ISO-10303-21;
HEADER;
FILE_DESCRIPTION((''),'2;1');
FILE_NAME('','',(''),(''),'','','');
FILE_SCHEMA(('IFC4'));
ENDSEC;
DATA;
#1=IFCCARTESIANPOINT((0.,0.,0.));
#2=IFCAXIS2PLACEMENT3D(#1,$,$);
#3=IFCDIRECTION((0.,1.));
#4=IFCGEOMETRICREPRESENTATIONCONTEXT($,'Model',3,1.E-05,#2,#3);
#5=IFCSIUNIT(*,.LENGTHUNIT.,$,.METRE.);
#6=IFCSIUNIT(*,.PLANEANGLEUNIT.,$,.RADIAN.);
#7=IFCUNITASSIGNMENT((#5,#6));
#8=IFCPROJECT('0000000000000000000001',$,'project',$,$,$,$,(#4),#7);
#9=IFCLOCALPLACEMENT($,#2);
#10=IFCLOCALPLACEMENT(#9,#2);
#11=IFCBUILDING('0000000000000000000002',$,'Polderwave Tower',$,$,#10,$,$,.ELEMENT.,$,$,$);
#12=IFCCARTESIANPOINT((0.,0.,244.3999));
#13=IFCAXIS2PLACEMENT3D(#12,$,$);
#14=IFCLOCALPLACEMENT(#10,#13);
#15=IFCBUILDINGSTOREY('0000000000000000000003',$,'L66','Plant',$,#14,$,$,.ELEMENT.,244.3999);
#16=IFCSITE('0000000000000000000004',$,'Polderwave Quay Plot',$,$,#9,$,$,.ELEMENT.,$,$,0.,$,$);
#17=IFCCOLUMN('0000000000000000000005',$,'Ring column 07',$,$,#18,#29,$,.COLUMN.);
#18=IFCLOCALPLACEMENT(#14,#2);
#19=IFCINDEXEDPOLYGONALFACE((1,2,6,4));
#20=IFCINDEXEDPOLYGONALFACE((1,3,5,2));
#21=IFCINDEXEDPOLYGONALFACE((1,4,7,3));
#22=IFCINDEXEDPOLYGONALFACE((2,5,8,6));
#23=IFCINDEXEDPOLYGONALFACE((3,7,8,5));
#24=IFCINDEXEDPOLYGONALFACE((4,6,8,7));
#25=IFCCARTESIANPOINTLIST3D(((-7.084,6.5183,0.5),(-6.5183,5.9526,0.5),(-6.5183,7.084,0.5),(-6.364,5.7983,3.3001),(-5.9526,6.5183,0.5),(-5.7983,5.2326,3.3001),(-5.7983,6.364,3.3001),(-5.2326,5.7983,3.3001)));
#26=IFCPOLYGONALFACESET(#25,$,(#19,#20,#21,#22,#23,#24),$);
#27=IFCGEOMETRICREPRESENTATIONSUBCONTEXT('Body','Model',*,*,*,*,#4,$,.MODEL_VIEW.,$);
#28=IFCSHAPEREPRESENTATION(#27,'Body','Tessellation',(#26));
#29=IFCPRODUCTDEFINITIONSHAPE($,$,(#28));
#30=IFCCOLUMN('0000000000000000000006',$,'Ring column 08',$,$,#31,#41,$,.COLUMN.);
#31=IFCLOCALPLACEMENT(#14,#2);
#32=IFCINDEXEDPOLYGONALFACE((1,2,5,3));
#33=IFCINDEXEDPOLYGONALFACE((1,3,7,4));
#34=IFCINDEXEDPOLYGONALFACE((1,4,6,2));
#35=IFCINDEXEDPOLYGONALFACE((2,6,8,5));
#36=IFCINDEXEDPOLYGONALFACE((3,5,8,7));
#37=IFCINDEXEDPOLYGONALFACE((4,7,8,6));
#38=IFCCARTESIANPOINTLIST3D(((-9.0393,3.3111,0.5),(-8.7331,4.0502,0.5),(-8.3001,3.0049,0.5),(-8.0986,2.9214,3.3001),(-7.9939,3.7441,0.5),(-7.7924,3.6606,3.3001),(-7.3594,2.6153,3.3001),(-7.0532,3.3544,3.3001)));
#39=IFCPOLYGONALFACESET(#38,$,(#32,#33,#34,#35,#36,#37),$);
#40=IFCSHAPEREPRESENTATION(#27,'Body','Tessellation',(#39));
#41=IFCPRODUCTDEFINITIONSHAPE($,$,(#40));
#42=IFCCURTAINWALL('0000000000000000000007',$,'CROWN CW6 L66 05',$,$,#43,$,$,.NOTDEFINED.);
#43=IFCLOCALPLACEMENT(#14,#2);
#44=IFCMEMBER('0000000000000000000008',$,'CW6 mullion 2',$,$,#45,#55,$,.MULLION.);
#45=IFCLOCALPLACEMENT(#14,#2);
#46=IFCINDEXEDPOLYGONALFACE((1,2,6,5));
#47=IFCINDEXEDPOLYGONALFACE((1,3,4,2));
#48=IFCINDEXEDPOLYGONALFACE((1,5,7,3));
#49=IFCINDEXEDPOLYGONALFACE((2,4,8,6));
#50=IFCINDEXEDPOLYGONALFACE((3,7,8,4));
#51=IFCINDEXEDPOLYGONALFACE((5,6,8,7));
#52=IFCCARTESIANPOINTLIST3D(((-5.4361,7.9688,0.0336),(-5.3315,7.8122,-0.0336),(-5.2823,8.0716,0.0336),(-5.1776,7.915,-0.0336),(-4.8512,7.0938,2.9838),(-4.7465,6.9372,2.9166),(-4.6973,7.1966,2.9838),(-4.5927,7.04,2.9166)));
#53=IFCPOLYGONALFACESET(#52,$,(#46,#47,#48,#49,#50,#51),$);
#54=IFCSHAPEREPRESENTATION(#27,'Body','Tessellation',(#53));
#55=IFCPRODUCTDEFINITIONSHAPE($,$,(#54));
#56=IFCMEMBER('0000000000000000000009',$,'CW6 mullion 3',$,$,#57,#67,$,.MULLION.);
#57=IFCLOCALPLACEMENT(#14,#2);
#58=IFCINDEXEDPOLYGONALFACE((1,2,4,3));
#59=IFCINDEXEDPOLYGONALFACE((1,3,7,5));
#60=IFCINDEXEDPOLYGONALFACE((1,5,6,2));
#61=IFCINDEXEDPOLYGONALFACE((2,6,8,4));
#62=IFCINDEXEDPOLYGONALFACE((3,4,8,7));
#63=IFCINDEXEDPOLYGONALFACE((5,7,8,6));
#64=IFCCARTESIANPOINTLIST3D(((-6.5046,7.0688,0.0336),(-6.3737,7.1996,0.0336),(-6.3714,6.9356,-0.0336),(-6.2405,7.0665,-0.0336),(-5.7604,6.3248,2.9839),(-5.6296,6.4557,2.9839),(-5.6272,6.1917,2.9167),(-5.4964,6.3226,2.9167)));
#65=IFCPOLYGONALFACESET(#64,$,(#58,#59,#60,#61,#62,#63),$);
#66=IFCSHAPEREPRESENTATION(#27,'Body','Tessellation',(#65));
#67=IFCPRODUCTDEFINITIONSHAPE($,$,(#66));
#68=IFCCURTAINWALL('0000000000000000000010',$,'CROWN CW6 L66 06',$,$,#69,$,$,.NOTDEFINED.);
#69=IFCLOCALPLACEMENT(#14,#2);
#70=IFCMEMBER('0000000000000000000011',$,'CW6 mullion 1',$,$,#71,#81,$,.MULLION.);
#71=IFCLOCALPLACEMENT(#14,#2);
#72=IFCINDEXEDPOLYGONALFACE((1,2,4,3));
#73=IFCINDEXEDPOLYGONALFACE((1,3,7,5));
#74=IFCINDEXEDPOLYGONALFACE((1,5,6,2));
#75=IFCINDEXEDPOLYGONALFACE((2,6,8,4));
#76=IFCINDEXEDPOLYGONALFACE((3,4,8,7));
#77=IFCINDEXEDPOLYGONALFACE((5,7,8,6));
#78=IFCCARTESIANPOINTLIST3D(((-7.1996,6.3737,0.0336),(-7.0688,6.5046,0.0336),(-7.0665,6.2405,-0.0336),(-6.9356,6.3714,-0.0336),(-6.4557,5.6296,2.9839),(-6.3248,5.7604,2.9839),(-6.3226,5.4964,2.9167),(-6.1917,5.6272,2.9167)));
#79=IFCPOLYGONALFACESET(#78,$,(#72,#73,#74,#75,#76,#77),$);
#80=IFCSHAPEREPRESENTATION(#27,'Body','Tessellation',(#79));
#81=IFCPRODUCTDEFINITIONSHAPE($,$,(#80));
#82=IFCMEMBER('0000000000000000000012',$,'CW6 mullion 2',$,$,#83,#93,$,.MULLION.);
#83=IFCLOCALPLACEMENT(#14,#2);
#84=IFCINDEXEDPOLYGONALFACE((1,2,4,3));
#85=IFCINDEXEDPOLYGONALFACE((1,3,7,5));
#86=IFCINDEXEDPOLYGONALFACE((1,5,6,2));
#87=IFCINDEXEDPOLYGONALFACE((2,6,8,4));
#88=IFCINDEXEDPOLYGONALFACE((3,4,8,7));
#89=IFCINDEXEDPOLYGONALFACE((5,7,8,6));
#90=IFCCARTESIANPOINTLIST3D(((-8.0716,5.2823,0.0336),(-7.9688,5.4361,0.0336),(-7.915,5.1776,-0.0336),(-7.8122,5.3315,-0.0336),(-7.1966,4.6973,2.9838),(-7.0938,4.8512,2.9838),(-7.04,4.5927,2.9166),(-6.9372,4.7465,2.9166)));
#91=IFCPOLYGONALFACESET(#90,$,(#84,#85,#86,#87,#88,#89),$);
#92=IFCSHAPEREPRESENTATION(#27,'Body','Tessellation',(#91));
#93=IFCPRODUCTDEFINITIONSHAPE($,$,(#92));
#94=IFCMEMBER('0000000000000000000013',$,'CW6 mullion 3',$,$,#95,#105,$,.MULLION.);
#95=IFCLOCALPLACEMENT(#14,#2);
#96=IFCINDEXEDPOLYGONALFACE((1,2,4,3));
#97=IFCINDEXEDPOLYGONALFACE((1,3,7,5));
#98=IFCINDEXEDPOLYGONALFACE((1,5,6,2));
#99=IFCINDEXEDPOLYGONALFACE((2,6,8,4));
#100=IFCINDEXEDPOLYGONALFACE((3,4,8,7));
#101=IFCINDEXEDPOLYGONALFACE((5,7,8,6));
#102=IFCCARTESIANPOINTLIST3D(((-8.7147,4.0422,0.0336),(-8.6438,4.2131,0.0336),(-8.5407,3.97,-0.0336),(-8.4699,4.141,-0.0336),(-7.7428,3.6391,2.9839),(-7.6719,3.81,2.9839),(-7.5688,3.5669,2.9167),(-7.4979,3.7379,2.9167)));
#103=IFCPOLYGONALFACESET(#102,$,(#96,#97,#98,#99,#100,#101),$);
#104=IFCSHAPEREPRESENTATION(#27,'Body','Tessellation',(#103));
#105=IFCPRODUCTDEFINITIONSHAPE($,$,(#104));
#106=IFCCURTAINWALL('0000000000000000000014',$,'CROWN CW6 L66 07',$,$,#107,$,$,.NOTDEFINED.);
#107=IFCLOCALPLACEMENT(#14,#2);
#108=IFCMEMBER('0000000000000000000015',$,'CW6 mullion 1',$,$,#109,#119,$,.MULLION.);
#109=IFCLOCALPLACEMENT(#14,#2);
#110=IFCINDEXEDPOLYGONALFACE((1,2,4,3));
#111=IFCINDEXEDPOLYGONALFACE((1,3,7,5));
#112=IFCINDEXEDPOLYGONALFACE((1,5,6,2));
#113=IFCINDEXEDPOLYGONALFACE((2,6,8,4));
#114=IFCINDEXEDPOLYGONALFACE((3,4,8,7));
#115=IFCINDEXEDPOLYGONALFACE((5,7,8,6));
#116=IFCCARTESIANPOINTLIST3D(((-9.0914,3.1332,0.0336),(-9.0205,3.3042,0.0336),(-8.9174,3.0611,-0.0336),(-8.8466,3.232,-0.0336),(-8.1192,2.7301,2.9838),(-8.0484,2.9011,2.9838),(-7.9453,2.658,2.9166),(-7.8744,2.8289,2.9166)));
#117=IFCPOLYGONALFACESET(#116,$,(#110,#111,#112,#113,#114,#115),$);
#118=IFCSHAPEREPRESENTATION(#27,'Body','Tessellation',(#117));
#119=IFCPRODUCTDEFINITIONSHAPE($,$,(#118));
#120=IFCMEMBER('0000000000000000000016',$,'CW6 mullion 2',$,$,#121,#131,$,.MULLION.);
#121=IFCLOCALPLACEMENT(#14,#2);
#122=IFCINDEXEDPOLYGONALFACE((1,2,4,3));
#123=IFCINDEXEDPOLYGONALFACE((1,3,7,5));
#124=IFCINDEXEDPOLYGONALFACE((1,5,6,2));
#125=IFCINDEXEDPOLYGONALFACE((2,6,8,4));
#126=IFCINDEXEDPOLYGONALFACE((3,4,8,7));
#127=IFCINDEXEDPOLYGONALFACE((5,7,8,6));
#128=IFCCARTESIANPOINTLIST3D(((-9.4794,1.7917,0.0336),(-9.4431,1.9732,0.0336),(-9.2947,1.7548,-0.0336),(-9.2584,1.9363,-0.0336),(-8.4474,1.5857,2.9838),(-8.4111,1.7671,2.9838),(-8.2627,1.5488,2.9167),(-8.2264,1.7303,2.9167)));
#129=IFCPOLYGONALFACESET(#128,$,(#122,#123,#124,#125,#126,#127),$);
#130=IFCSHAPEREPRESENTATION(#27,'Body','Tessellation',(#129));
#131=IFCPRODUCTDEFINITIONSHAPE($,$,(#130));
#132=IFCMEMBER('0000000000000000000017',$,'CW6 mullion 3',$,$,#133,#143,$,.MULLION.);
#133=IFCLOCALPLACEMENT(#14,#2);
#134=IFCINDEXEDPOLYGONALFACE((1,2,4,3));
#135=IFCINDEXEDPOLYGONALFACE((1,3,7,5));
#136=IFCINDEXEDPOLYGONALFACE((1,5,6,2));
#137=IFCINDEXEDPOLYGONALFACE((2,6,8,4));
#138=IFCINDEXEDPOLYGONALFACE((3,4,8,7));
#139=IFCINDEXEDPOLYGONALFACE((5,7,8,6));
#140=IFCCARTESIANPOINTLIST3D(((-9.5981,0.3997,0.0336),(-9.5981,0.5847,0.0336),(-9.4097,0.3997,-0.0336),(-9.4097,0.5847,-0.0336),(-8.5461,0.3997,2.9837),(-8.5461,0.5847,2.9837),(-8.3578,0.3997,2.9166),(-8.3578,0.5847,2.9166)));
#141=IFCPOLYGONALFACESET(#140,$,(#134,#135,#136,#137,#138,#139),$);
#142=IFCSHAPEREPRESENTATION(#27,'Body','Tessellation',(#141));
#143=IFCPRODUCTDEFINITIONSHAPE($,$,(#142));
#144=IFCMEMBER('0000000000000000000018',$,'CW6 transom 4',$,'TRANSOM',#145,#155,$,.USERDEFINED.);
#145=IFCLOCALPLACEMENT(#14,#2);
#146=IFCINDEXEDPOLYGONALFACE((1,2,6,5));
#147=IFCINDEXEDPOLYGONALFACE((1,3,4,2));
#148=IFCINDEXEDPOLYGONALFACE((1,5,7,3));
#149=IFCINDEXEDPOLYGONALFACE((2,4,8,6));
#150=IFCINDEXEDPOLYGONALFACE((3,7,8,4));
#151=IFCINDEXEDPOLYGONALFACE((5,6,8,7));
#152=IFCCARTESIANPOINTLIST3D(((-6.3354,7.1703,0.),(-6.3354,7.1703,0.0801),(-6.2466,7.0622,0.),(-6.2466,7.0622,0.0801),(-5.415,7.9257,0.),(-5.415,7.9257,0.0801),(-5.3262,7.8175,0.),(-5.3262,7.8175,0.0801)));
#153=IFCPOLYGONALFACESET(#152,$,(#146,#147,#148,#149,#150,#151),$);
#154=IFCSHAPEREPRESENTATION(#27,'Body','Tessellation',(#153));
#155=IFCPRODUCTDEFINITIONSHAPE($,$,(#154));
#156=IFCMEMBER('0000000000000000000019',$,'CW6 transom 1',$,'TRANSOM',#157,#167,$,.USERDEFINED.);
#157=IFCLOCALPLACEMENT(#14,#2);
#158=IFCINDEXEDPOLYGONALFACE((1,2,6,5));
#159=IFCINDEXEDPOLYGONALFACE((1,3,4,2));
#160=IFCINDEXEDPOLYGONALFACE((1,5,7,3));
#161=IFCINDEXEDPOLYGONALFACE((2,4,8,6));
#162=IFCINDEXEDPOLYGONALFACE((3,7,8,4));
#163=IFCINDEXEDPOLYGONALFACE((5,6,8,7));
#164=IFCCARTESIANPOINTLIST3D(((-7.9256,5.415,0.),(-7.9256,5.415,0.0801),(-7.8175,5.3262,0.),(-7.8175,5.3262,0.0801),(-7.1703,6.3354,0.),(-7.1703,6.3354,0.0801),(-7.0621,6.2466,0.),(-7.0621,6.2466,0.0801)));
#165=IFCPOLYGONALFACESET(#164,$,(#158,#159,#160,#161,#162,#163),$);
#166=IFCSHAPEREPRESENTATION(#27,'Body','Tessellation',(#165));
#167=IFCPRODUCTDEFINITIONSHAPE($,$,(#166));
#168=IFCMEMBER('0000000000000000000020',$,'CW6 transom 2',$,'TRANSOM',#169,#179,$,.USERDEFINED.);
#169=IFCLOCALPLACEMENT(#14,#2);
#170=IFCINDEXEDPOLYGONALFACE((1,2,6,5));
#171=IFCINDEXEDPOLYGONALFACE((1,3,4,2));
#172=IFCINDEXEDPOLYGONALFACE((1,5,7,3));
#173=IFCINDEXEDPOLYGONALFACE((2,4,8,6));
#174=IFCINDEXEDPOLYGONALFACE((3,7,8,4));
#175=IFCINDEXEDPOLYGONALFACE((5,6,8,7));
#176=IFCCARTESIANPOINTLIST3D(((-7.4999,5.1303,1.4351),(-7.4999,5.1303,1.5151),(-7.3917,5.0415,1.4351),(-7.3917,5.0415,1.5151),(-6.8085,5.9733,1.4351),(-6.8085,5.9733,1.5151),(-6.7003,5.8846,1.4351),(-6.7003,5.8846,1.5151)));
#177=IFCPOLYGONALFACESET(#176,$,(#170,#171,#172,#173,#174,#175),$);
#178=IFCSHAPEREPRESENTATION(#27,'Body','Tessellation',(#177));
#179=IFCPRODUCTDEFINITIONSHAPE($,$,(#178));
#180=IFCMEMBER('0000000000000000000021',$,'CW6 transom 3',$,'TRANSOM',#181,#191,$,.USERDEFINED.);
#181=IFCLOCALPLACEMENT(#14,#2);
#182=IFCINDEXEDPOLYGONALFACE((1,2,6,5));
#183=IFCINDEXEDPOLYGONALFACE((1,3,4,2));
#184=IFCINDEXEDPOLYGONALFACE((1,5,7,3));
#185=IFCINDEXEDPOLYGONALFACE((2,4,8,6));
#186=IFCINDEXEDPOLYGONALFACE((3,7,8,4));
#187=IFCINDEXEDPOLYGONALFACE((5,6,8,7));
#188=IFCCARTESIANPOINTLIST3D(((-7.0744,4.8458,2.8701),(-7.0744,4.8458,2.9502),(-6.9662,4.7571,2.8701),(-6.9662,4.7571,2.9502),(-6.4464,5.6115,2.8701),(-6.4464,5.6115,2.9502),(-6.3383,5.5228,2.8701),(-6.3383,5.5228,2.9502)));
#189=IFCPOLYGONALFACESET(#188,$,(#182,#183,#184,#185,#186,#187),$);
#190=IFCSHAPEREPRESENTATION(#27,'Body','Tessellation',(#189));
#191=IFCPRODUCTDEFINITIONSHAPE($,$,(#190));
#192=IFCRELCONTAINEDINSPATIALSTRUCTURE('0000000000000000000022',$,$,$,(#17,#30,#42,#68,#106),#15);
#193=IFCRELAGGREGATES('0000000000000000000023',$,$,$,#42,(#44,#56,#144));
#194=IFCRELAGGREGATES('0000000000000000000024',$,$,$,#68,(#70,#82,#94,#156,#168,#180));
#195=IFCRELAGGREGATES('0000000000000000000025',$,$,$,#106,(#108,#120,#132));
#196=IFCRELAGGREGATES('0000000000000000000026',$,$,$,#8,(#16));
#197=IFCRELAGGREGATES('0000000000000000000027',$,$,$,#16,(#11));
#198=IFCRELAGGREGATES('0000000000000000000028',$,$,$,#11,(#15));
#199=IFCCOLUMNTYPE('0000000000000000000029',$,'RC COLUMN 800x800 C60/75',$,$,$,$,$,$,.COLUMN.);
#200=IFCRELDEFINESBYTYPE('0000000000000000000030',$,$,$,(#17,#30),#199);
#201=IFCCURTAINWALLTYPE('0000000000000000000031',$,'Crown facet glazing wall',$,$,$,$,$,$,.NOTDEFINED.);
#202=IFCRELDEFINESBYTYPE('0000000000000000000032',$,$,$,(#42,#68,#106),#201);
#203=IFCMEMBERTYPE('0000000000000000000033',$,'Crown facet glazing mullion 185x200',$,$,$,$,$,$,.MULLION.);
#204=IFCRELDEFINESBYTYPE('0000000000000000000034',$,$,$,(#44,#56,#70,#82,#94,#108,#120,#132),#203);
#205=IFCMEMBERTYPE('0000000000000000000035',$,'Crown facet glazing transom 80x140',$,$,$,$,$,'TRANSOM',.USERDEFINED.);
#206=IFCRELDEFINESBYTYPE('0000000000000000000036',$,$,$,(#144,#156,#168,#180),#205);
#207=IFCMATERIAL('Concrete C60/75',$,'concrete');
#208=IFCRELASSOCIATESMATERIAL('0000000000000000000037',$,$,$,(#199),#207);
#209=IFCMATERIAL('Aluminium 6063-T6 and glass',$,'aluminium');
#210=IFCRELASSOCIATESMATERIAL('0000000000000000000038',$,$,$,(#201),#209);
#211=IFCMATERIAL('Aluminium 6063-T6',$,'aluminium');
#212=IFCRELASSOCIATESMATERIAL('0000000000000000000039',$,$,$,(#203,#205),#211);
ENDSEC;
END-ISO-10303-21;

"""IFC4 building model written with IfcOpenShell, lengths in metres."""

from ifc_helpers import new_model, si_unit, direction, frame, origin, origin_2d, place, context, subcontext, project, spatial, rectangle, extrude, material, material_profile, profile_set, type_object, element, aggregate, save


model = new_model("IFC4")

# Units and contexts
model_context = context("Model", 3, precision=1e-05, world=origin(), true_north=direction((0.0, 1.0)))
body_context = subcontext(model_context, "Body", "Model", "MODEL_VIEW")
ifc_project = project(units=[si_unit("LENGTHUNIT", "METRE"), si_unit("PLANEANGLEUNIT", "RADIAN")], contexts=[model_context])

# Site, building, storey
site_placement = place(None, origin())
site = spatial("IfcSite", under=ifc_project, at=site_placement, Name="Polderwave Quay Plot", CompositionType="ELEMENT", RefElevation=0.0)
building_placement = place(site_placement, origin())
building = spatial("IfcBuilding", under=site, at=building_placement, Name="Polderwave Tower", CompositionType="ELEMENT")
storey_placement = place(building_placement, frame((0.0, 0.0, 244.3999)))
storey = spatial("IfcBuildingStorey", under=building, at=storey_placement, Name="L66", Description="Plant", CompositionType="ELEMENT", Elevation=244.3999)

# Columns
ifc_material_1 = material(Name="Concrete C60/75", Category="concrete")
ifc_material_profile_1 = material_profile(ifc_material_1, rectangle(XDim=0.8, YDim=0.8, at=origin_2d()), Name="RC 800x800")
ifc_profile_set_1 = profile_set([ifc_material_profile_1], Name="Concrete C60/75")
column_type = type_object("IfcColumnType", Name="RC COLUMN 800x800 C60/75", PredefinedType="COLUMN", material=ifc_profile_set_1)
column_1_placement = place(storey_placement, frame((-6.5183, 6.5183, 0.5), z_axis=(0.0, 0.0, 1.0), x_axis=(0.707107, 0.707107, 0.0)))
element("IfcColumn", 1, at=column_1_placement, inside=storey, type_object=column_type, Name="Ring column 07", PredefinedType="COLUMN", context=body_context, shape_type="SweptSolid", body=[
    extrude(rectangle(XDim=0.8, YDim=0.8, at=origin_2d()), origin(), (0.0, -0.341741, 0.939794), 2.9795),
])
column_2_placement = place(storey_placement, frame((-8.5166, 3.5276, 0.5), z_axis=(0.0, 0.0, 1.0), x_axis=(0.382691, 0.923877, 0.0)))
element("IfcColumn", 2, at=column_2_placement, inside=storey, type_object=column_type, Name="Ring column 08", PredefinedType="COLUMN", context=body_context, shape_type="SweptSolid", body=[
    extrude(rectangle(XDim=0.8, YDim=0.8, at=origin_2d()), origin(), (0.0, -0.341738, 0.939795), 2.9795),
])

# Curtain walls, members
ifc_material_2 = material(Name="Aluminium 6063-T6 and glass", Category="aluminium")
curtain_wall_type = type_object("IfcCurtainWallType", Name="Crown facet glazing wall", PredefinedType="NOTDEFINED", material=ifc_material_2)
curtain_wall_1_placement = place(storey_placement, origin())
curtain_wall_1 = element("IfcCurtainWall", 3, at=curtain_wall_1_placement, inside=storey, type_object=curtain_wall_type, Name="CROWN CW6 L66 05", PredefinedType="NOTDEFINED")
ifc_material_3 = material(Name="Aluminium 6063-T6", Category="aluminium")
ifc_material_profile_2 = material_profile(ifc_material_3, rectangle(XDim=0.1851, YDim=0.2, at=origin_2d()), Name="AL 185x200")
ifc_profile_set_2 = profile_set([ifc_material_profile_2], Name="Aluminium 6063-T6")
member_type_1 = type_object("IfcMemberType", Name="Crown facet glazing mullion 185x200", PredefinedType="MULLION", material=ifc_profile_set_2)
member_1_placement = place(storey_placement, frame((-5.3069, 7.9419, 0.0), z_axis=(0.18675, -0.279345, 0.941855), x_axis=(0.831336, 0.55577, 0.0)))
member_1 = element("IfcMember", 4, at=member_1_placement, type_object=member_type_1, Name="CW6 mullion 2", PredefinedType="MULLION", context=body_context, shape_type="SweptSolid", body=[
    extrude(rectangle(XDim=0.1851, YDim=0.2, at=origin_2d()), origin(), (0.0, 0.0, 1.0), 3.1323),
])
member_2_placement = place(storey_placement, frame((-6.3726, 7.0676, 0.0), z_axis=(0.237576, -0.237498, 0.941887), x_axis=(0.706991, 0.707223, 0.0)))
member_2 = element("IfcMember", 5, at=member_2_placement, type_object=member_type_1, Name="CW6 mullion 3", PredefinedType="MULLION", context=body_context, shape_type="SweptSolid", body=[
    extrude(rectangle(XDim=0.1851, YDim=0.2, at=origin_2d()), origin(), (0.0, 0.0, 1.0), 3.1323),
])
curtain_wall_2_placement = place(storey_placement, origin())
curtain_wall_2 = element("IfcCurtainWall", 6, at=curtain_wall_2_placement, inside=storey, type_object=curtain_wall_type, Name="CROWN CW6 L66 06", PredefinedType="NOTDEFINED")
member_3_placement = place(storey_placement, frame((-7.0676, 6.3726, 0.0), z_axis=(0.237498, -0.237576, 0.941887), x_axis=(0.707223, 0.706991, 0.0)))
member_3 = element("IfcMember", 7, at=member_3_placement, type_object=member_type_1, Name="CW6 mullion 1", PredefinedType="MULLION", context=body_context, shape_type="SweptSolid", body=[
    extrude(rectangle(XDim=0.1851, YDim=0.2, at=origin_2d()), origin(), (0.0, 0.0, 1.0), 3.1323),
])
member_4_placement = place(storey_placement, frame((-7.9419, 5.3069, 0.0), z_axis=(0.279345, -0.18675, 0.941855), x_axis=(0.55577, 0.831336, 0.0)))
member_4 = element("IfcMember", 8, at=member_4_placement, type_object=member_type_1, Name="CW6 mullion 2", PredefinedType="MULLION", context=body_context, shape_type="SweptSolid", body=[
    extrude(rectangle(XDim=0.1851, YDim=0.2, at=origin_2d()), origin(), (0.0, 0.0, 1.0), 3.1323),
])
member_5_placement = place(storey_placement, frame((-8.5923, 4.0916, 0.0), z_axis=(0.310299, -0.128687, 0.941888), x_axis=(0.383083, 0.923714, 0.0)))
member_5 = element("IfcMember", 9, at=member_5_placement, type_object=member_type_1, Name="CW6 mullion 3", PredefinedType="MULLION", context=body_context, shape_type="SweptSolid", body=[
    extrude(rectangle(XDim=0.1851, YDim=0.2, at=origin_2d()), origin(), (0.0, 0.0, 1.0), 3.1323),
])
curtain_wall_3_placement = place(storey_placement, origin())
curtain_wall_3 = element("IfcCurtainWall", 10, at=curtain_wall_3_placement, inside=storey, type_object=curtain_wall_type, Name="CROWN CW6 L66 07", PredefinedType="NOTDEFINED")
member_6_placement = place(storey_placement, frame((-8.969, 3.1826, 0.0), z_axis=(0.31037, -0.128684, 0.941866), x_axis=(0.383001, 0.923748, 0.0)))
member_6 = element("IfcMember", 11, at=member_6_placement, type_object=member_type_1, Name="CW6 mullion 1", PredefinedType="MULLION", context=body_context, shape_type="SweptSolid", body=[
    extrude(rectangle(XDim=0.1851, YDim=0.2, at=origin_2d()), origin(), (0.0, 0.0, 1.0), 3.1323),
])
member_7_placement = place(storey_placement, frame((-9.3689, 1.864, 0.0), z_axis=(0.329468, -0.065785, 0.941872), x_axis=(0.195804, 0.980643, 0.0)))
member_7 = element("IfcMember", 12, at=member_7_placement, type_object=member_type_1, Name="CW6 mullion 2", PredefinedType="MULLION", context=body_context, shape_type="SweptSolid", body=[
    extrude(rectangle(XDim=0.1851, YDim=0.2, at=origin_2d()), origin(), (0.0, 0.0, 1.0), 3.1323),
])
member_8_placement = place(storey_placement, frame((-9.5039, 0.4922, 0.0), z_axis=(0.335872, 0.0, 0.941908), x_axis=(0.0, 1.0, 0.0)))
member_8 = element("IfcMember", 13, at=member_8_placement, type_object=member_type_1, Name="CW6 mullion 3", PredefinedType="MULLION", context=body_context, shape_type="SweptSolid", body=[
    extrude(rectangle(XDim=0.1851, YDim=0.2, at=origin_2d()), origin(), (0.0, 0.0, 1.0), 3.1321),
])

# Members
ifc_material_profile_3 = material_profile(ifc_material_3, rectangle(XDim=0.1399, YDim=0.0801, at=origin_2d()), Name="AL 80x140")
ifc_profile_set_3 = profile_set([ifc_material_profile_3], Name="Aluminium 6063-T6")
member_type_2 = type_object("IfcMemberType", Name="Crown facet glazing transom 80x140", ElementType="TRANSOM", PredefinedType="USERDEFINED", material=ifc_profile_set_3)
member_9_placement = place(storey_placement, frame((-5.3706, 7.8716, 0.04), z_axis=(-0.773006, -0.634398, 0.0), x_axis=(0.634398, -0.773006, 0.0)))
member_9 = element("IfcMember", 14, at=member_9_placement, type_object=member_type_2, Name="CW6 transom 4", ObjectType="TRANSOM", PredefinedType="USERDEFINED", context=body_context, shape_type="SweptSolid", body=[
    extrude(rectangle(XDim=0.1399, YDim=0.0801, at=origin_2d()), origin(), (0.0, 0.0, 1.0), 1.1907),
])
member_10_placement = place(storey_placement, frame((-7.1162, 6.291, 0.04), z_axis=(-0.634398, -0.773006, 0.0), x_axis=(0.773006, -0.634398, 0.0)))
member_10 = element("IfcMember", 15, at=member_10_placement, type_object=member_type_2, Name="CW6 transom 1", ObjectType="TRANSOM", PredefinedType="USERDEFINED", context=body_context, shape_type="SweptSolid", body=[
    extrude(rectangle(XDim=0.1399, YDim=0.0801, at=origin_2d()), origin(), (0.0, 0.0, 1.0), 1.1907),
])
member_11_placement = place(storey_placement, frame((-6.7544, 5.929, 1.4751), z_axis=(-0.634152, -0.773208, 0.0), x_axis=(0.773208, -0.634152, 0.0)))
member_11 = element("IfcMember", 16, at=member_11_placement, type_object=member_type_2, Name="CW6 transom 2", ObjectType="TRANSOM", PredefinedType="USERDEFINED", context=body_context, shape_type="SweptSolid", body=[
    extrude(rectangle(XDim=0.1399, YDim=0.0801, at=origin_2d()), origin(), (0.0, 0.0, 1.0), 1.0903),
])
member_12_placement = place(storey_placement, frame((-6.3923, 5.5671, 2.9102), z_axis=(-0.63415, -0.77321, 0.0), x_axis=(0.77321, -0.63415, 0.0)))
member_12 = element("IfcMember", 17, at=member_12_placement, type_object=member_type_2, Name="CW6 transom 3", ObjectType="TRANSOM", PredefinedType="USERDEFINED", context=body_context, shape_type="SweptSolid", body=[
    extrude(rectangle(XDim=0.1399, YDim=0.0801, at=origin_2d()), origin(), (0.0, 0.0, 1.0), 0.9902),
])

aggregate(curtain_wall_1, [member_1, member_2, member_9])
aggregate(curtain_wall_2, [member_3, member_4, member_5, member_10, member_11, member_12])
aggregate(curtain_wall_3, [member_6, member_7, member_8])

save(model, "model.ifc")
